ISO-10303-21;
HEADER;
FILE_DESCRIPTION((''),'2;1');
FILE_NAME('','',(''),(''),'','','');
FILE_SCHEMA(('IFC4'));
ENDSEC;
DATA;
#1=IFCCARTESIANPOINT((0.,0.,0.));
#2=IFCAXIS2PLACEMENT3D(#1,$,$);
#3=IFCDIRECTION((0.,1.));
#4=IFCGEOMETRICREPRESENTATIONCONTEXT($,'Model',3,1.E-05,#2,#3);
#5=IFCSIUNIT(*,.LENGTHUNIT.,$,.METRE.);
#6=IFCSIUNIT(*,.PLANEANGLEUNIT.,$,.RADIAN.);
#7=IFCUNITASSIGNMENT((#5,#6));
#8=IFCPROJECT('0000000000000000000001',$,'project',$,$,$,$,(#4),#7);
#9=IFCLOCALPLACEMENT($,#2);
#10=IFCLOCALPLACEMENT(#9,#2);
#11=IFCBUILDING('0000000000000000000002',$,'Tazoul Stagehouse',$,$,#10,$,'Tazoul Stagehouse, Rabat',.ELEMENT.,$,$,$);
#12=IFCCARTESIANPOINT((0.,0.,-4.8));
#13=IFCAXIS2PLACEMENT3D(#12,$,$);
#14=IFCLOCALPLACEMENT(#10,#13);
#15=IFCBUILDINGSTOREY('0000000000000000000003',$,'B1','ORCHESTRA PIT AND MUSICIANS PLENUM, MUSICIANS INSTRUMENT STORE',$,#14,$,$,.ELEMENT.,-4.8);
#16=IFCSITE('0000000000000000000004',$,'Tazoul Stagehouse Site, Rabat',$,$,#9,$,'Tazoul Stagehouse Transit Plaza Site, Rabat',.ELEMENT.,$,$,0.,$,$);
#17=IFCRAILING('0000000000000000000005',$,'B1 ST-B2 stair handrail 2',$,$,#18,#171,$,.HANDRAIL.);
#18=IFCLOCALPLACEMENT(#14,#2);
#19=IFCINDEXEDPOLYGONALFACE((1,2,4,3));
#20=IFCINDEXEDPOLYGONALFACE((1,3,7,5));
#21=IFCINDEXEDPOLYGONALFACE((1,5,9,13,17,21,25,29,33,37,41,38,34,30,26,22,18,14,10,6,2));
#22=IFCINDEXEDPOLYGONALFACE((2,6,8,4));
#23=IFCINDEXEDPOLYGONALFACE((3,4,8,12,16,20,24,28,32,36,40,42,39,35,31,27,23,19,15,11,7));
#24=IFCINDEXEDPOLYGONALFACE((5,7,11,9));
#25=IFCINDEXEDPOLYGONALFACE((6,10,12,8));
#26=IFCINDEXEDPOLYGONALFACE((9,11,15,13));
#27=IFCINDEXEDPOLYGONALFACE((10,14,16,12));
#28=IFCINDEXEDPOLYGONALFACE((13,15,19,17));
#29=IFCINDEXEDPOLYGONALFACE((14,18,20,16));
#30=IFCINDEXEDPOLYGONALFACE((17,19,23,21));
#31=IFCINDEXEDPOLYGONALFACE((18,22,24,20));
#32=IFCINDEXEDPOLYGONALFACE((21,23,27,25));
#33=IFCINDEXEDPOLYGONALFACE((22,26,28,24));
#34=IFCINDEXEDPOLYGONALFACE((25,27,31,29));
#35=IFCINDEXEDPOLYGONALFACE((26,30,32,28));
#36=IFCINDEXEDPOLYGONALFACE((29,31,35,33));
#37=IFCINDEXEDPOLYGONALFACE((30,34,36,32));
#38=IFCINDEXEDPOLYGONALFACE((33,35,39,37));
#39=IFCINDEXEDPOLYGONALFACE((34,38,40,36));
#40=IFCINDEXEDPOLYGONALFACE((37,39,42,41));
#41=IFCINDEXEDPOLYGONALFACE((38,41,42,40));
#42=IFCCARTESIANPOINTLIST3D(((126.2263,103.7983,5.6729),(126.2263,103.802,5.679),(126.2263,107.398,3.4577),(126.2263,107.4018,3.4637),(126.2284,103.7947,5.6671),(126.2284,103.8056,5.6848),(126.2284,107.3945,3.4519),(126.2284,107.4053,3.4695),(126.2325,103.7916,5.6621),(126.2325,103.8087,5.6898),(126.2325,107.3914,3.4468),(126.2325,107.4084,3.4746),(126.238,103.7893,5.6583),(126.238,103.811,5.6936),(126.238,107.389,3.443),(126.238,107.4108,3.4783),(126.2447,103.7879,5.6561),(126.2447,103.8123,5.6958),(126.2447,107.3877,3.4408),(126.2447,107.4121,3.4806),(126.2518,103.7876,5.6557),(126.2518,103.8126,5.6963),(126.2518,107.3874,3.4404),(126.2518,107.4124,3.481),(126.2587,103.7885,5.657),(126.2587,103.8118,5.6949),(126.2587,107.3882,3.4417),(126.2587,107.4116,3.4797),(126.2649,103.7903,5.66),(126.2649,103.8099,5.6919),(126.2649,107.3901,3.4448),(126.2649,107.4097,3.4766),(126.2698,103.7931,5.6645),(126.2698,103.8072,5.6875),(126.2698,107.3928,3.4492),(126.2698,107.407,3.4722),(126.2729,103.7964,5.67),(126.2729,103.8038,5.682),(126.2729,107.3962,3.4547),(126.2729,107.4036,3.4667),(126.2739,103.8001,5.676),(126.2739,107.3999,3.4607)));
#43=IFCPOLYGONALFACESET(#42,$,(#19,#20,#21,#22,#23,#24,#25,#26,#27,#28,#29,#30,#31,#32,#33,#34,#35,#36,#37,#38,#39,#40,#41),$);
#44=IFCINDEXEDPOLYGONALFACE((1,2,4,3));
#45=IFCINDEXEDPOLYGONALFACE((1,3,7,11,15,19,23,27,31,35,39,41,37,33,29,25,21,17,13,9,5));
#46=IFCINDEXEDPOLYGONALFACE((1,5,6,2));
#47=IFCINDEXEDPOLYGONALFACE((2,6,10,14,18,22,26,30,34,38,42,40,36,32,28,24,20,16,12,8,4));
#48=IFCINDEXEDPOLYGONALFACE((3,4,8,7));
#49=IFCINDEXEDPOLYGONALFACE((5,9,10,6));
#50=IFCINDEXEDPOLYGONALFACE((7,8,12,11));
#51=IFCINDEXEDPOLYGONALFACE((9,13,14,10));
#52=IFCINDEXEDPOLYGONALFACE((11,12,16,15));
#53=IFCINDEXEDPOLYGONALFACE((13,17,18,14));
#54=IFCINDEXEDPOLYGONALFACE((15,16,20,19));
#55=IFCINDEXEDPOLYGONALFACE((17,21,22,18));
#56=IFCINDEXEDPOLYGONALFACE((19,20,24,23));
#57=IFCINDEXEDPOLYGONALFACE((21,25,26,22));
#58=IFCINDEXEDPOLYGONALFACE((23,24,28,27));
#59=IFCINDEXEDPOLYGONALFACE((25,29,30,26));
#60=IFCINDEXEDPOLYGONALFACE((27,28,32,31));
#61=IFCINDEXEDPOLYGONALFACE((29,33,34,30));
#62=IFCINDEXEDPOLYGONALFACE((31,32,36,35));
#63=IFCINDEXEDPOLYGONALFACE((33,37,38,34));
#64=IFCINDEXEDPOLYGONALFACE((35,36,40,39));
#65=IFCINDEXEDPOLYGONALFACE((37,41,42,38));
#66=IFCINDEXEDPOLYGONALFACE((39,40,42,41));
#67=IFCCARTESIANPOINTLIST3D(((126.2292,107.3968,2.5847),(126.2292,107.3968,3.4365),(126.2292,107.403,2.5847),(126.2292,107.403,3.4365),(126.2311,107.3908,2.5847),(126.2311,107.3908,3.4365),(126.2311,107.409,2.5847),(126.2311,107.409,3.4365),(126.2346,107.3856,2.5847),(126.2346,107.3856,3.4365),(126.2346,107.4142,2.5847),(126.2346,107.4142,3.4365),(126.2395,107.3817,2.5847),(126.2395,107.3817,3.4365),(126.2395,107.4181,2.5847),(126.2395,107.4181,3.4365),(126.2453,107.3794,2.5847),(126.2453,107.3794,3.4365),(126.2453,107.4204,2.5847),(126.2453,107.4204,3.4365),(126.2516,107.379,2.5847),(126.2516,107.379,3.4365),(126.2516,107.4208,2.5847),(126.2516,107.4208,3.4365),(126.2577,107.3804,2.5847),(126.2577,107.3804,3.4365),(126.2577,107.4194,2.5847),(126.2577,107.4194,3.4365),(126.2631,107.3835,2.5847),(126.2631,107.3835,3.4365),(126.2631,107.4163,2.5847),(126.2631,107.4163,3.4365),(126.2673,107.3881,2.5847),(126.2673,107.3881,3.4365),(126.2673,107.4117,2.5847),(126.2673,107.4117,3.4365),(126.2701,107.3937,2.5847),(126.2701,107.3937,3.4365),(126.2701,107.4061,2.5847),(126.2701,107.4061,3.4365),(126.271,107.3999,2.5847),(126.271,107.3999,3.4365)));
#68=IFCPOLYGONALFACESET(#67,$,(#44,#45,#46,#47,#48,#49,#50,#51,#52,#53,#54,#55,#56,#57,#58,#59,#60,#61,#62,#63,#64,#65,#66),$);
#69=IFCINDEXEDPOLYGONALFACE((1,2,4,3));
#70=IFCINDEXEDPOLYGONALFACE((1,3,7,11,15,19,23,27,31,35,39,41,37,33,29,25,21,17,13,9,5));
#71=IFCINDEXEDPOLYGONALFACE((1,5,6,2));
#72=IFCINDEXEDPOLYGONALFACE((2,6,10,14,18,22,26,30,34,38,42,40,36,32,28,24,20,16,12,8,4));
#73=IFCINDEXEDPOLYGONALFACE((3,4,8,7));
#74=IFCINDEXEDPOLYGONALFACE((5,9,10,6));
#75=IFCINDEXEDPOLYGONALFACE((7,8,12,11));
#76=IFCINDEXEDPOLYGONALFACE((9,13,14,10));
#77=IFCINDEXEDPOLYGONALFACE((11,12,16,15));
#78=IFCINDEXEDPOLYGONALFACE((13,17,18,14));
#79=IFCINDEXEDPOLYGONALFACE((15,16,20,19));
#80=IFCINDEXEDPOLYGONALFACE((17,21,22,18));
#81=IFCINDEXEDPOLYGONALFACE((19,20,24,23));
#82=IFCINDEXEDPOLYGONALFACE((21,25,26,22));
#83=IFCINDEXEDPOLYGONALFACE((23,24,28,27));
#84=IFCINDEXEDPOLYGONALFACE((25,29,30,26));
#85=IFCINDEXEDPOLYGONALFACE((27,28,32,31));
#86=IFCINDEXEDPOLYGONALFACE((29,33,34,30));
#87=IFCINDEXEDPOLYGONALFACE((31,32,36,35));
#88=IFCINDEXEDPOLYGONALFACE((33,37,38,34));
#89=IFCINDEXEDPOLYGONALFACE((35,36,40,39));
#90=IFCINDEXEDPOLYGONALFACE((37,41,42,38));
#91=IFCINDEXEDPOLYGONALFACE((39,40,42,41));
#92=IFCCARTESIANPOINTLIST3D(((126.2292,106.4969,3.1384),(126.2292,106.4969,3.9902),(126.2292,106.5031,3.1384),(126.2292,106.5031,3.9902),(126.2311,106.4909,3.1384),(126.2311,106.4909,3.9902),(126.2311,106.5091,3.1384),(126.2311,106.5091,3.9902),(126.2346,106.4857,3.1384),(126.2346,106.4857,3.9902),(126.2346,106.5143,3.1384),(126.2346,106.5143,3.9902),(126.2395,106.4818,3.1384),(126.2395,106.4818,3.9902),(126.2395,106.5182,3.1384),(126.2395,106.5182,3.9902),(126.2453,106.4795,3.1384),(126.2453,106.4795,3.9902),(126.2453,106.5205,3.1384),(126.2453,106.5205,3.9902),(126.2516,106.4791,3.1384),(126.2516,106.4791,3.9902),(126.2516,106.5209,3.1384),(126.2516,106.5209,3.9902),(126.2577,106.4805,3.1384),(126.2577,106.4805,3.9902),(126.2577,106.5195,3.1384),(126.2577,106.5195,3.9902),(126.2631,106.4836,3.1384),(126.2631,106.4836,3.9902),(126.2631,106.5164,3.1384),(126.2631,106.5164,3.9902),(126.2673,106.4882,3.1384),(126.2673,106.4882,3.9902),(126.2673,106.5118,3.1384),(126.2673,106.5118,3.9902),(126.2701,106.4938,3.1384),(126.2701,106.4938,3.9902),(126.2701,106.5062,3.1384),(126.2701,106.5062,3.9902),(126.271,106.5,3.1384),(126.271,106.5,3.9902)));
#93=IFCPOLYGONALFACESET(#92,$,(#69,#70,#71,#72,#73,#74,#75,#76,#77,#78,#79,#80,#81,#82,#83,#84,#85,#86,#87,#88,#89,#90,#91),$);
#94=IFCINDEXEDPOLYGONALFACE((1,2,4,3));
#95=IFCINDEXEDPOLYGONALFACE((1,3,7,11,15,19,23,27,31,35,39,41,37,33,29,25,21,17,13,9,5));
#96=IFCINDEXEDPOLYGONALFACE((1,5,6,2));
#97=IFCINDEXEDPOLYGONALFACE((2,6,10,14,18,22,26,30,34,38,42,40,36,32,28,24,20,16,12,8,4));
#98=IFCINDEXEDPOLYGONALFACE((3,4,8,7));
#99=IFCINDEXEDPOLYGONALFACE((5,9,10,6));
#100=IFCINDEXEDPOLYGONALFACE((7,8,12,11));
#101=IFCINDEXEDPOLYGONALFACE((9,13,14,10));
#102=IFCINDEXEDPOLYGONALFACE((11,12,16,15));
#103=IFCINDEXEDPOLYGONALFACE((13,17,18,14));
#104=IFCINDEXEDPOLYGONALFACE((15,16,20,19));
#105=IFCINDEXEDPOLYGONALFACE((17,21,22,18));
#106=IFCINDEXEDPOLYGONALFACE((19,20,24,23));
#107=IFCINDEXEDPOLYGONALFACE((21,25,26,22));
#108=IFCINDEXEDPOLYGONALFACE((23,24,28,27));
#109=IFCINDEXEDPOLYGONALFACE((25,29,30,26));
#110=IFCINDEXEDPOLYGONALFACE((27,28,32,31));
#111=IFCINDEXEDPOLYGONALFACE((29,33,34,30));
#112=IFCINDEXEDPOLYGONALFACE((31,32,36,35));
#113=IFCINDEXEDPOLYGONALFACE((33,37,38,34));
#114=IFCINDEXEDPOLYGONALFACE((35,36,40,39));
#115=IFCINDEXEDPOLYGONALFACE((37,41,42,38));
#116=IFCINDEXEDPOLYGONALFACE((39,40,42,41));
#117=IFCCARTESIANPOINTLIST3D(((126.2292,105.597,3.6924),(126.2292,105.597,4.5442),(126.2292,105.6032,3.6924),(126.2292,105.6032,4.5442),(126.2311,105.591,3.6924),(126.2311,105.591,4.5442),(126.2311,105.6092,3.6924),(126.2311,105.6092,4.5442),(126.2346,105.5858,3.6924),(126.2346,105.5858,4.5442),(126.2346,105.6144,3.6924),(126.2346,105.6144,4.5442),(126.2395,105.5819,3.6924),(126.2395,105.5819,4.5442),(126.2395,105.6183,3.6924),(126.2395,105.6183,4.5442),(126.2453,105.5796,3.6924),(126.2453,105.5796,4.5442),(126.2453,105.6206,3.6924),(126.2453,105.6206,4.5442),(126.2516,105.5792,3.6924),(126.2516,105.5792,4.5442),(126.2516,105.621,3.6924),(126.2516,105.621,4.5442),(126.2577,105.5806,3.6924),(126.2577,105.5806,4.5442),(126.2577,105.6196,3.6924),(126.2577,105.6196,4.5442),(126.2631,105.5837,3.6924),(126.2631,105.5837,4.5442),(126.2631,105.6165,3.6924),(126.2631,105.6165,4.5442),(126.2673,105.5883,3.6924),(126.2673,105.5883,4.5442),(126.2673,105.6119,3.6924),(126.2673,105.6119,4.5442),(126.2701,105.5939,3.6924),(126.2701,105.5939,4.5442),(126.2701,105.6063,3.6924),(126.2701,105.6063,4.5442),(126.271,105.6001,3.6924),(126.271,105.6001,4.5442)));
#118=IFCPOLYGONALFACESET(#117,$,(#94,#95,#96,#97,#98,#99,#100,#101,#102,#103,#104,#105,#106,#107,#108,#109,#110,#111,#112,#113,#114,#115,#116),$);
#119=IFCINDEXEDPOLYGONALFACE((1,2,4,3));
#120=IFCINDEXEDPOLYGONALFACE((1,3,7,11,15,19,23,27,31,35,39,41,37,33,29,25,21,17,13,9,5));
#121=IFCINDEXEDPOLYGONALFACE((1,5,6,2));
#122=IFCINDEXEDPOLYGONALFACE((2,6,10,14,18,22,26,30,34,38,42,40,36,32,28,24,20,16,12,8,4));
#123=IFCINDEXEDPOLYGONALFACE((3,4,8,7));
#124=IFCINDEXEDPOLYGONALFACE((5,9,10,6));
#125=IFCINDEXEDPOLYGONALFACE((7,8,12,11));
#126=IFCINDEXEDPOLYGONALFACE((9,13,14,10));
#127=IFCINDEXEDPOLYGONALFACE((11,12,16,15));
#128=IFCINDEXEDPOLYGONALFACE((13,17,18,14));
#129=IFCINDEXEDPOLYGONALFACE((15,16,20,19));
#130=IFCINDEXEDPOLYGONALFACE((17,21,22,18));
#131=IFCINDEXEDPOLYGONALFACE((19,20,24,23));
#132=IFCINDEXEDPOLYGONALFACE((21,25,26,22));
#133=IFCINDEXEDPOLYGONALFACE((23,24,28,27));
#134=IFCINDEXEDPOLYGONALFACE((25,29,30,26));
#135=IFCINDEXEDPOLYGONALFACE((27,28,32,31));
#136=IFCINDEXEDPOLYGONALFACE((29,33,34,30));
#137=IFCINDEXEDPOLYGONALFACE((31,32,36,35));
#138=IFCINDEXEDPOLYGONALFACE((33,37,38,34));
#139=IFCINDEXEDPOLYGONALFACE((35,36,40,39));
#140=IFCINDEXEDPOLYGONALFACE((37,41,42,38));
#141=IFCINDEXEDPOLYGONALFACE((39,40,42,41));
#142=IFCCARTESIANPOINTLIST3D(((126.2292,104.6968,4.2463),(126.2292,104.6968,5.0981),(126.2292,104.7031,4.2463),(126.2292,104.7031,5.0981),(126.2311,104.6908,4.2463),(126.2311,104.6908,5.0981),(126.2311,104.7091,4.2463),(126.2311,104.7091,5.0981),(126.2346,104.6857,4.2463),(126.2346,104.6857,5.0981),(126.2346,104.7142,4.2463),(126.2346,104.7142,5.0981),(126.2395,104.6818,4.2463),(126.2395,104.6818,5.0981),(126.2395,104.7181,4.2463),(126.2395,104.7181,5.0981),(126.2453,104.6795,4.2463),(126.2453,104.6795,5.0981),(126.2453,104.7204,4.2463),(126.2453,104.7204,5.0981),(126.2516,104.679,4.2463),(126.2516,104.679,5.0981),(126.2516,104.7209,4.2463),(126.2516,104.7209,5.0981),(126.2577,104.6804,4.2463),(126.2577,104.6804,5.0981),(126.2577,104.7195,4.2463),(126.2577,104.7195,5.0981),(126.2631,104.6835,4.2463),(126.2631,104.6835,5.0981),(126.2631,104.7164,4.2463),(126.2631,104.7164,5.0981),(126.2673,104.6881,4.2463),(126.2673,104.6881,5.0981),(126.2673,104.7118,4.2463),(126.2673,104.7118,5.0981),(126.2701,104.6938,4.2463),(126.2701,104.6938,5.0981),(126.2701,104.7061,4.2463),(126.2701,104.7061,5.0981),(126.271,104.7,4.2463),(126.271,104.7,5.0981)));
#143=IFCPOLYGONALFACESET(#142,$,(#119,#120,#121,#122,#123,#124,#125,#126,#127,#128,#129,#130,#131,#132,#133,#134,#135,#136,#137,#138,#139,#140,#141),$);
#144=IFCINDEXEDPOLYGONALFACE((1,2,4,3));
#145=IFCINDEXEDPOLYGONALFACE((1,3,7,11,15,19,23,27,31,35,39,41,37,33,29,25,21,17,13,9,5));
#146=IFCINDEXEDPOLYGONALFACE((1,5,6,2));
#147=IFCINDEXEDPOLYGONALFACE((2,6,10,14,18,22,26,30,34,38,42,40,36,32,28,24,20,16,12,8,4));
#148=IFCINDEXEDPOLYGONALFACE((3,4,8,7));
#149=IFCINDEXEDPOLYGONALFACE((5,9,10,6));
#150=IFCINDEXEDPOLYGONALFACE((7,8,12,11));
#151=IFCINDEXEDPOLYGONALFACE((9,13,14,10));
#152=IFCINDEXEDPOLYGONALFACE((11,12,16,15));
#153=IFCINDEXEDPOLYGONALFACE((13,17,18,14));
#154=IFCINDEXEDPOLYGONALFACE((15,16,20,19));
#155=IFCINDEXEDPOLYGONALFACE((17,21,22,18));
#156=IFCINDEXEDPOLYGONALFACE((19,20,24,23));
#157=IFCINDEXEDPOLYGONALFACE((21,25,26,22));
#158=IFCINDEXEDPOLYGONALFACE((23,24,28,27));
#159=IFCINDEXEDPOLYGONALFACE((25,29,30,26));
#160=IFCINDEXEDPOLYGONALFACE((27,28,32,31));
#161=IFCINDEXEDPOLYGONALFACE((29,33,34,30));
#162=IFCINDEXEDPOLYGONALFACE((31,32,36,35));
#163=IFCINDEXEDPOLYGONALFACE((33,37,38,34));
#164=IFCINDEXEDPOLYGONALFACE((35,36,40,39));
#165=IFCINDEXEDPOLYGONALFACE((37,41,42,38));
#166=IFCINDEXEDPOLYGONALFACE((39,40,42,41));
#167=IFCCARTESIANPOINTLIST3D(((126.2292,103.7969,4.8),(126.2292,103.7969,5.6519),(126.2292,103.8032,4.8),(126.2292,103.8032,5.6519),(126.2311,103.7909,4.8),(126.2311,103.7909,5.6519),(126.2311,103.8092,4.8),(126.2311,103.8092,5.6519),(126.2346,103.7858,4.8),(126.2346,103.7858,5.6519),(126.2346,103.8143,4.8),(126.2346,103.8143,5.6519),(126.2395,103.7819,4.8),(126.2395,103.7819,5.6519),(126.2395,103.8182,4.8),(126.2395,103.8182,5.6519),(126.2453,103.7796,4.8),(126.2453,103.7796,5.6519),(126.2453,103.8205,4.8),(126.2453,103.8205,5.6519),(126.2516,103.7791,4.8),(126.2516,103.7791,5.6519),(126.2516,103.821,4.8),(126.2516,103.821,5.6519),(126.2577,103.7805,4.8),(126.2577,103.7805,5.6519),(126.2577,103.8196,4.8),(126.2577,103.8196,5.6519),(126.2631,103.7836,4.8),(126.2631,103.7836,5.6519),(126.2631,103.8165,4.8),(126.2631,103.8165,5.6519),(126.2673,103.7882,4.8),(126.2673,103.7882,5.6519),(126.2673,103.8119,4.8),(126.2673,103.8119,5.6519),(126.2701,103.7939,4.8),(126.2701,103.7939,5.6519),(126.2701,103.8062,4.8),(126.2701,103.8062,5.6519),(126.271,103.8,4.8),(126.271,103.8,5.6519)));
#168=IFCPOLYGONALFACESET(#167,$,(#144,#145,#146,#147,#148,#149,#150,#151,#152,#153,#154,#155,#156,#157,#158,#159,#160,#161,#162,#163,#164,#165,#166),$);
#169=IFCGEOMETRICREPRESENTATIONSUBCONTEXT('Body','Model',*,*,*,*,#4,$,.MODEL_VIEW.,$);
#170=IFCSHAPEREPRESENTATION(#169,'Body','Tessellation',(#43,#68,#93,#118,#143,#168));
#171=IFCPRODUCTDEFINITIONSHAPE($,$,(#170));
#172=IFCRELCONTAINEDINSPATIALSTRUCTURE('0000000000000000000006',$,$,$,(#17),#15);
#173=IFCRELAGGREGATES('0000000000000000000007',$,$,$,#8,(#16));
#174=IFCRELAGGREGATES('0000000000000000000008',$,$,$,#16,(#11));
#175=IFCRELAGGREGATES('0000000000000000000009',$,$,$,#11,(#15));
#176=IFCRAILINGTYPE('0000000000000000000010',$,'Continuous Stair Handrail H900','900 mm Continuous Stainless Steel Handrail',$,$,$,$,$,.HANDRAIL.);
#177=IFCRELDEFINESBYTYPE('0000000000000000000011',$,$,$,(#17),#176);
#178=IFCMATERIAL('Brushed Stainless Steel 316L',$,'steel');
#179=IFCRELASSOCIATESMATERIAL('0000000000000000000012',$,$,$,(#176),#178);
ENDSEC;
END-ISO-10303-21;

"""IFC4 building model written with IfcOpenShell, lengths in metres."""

from ifc_helpers import new_model, si_unit, direction, frame, origin, origin_2d, place, context, subcontext, project, spatial, circle, extrude, material, material_profile, profile_set, type_object, element, save


model = new_model("IFC4")

# Units and contexts
model_context = context("Model", 3, precision=1e-05, world=origin(), true_north=direction((0.0, 1.0)))
body_context = subcontext(model_context, "Body", "Model", "MODEL_VIEW")
ifc_project = project(units=[si_unit("LENGTHUNIT", "METRE"), si_unit("PLANEANGLEUNIT", "RADIAN")], contexts=[model_context])

# Site, building, storey
site_placement = place(None, origin())
site = spatial("IfcSite", under=ifc_project, at=site_placement, Name="Tazoul Stagehouse Site, Rabat", LongName="Tazoul Stagehouse Transit Plaza Site, Rabat", CompositionType="ELEMENT", RefElevation=0.0)
building_placement = place(site_placement, origin())
building = spatial("IfcBuilding", under=site, at=building_placement, Name="Tazoul Stagehouse", LongName="Tazoul Stagehouse, Rabat", CompositionType="ELEMENT")
storey_placement = place(building_placement, frame((0.0, 0.0, -4.8)))
storey = spatial("IfcBuildingStorey", under=building, at=storey_placement, Name="B1", Description="ORCHESTRA PIT AND MUSICIANS PLENUM, MUSICIANS INSTRUMENT STORE", CompositionType="ELEMENT", Elevation=-4.8)

# Railing
ifc_material_1 = material(Name="Brushed Stainless Steel 316L", Category="steel")
ifc_material_profile_1 = material_profile(ifc_material_1, circle(Radius=0.021, at=origin_2d()), Name="SS HANDRAIL D42")
ifc_profile_set_1 = profile_set([ifc_material_profile_1], Name="Brushed Stainless Steel 316L")
railing_type = type_object("IfcRailingType", Name="Continuous Stair Handrail H900", Description="900 mm Continuous Stainless Steel Handrail", PredefinedType="HANDRAIL", material=ifc_profile_set_1)
railing_placement = place(storey_placement, frame((126.25, 107.3999, 2.5847)))
element("IfcRailing", 1, at=railing_placement, inside=storey, type_object=railing_type, Name="B1 ST-B2 stair handrail 2", PredefinedType="HANDRAIL", context=body_context, shape_type="SweptSolid", body=[
    extrude(circle(Radius=0.0239, at=origin_2d()), frame((0.0, 0.0, 0.876), z_axis=(0.0, -0.851654, 0.524104), x_axis=(1.0, 0.0, 0.0)), (0.0, 0.0, 1.0), 4.2268),
    extrude(circle(Radius=0.021, at=origin_2d()), origin(), (0.0, 0.0, 1.0), 0.8518),
    extrude(circle(Radius=0.021, at=origin_2d()), frame((0.0, -0.8999, 0.5537)), (0.0, 0.0, 1.0), 0.8518),
    extrude(circle(Radius=0.021, at=origin_2d()), frame((0.0, -1.7998, 1.1077)), (0.0, 0.0, 1.0), 0.8518),
    extrude(circle(Radius=0.021, at=origin_2d()), frame((0.0, -2.7, 1.6616)), (0.0, 0.0, 1.0), 0.8518),
    extrude(circle(Radius=0.021, at=origin_2d()), frame((0.0, -3.5999, 2.2153)), (0.0, 0.0, 1.0), 0.8518),
])

save(model, "model.ifc")
